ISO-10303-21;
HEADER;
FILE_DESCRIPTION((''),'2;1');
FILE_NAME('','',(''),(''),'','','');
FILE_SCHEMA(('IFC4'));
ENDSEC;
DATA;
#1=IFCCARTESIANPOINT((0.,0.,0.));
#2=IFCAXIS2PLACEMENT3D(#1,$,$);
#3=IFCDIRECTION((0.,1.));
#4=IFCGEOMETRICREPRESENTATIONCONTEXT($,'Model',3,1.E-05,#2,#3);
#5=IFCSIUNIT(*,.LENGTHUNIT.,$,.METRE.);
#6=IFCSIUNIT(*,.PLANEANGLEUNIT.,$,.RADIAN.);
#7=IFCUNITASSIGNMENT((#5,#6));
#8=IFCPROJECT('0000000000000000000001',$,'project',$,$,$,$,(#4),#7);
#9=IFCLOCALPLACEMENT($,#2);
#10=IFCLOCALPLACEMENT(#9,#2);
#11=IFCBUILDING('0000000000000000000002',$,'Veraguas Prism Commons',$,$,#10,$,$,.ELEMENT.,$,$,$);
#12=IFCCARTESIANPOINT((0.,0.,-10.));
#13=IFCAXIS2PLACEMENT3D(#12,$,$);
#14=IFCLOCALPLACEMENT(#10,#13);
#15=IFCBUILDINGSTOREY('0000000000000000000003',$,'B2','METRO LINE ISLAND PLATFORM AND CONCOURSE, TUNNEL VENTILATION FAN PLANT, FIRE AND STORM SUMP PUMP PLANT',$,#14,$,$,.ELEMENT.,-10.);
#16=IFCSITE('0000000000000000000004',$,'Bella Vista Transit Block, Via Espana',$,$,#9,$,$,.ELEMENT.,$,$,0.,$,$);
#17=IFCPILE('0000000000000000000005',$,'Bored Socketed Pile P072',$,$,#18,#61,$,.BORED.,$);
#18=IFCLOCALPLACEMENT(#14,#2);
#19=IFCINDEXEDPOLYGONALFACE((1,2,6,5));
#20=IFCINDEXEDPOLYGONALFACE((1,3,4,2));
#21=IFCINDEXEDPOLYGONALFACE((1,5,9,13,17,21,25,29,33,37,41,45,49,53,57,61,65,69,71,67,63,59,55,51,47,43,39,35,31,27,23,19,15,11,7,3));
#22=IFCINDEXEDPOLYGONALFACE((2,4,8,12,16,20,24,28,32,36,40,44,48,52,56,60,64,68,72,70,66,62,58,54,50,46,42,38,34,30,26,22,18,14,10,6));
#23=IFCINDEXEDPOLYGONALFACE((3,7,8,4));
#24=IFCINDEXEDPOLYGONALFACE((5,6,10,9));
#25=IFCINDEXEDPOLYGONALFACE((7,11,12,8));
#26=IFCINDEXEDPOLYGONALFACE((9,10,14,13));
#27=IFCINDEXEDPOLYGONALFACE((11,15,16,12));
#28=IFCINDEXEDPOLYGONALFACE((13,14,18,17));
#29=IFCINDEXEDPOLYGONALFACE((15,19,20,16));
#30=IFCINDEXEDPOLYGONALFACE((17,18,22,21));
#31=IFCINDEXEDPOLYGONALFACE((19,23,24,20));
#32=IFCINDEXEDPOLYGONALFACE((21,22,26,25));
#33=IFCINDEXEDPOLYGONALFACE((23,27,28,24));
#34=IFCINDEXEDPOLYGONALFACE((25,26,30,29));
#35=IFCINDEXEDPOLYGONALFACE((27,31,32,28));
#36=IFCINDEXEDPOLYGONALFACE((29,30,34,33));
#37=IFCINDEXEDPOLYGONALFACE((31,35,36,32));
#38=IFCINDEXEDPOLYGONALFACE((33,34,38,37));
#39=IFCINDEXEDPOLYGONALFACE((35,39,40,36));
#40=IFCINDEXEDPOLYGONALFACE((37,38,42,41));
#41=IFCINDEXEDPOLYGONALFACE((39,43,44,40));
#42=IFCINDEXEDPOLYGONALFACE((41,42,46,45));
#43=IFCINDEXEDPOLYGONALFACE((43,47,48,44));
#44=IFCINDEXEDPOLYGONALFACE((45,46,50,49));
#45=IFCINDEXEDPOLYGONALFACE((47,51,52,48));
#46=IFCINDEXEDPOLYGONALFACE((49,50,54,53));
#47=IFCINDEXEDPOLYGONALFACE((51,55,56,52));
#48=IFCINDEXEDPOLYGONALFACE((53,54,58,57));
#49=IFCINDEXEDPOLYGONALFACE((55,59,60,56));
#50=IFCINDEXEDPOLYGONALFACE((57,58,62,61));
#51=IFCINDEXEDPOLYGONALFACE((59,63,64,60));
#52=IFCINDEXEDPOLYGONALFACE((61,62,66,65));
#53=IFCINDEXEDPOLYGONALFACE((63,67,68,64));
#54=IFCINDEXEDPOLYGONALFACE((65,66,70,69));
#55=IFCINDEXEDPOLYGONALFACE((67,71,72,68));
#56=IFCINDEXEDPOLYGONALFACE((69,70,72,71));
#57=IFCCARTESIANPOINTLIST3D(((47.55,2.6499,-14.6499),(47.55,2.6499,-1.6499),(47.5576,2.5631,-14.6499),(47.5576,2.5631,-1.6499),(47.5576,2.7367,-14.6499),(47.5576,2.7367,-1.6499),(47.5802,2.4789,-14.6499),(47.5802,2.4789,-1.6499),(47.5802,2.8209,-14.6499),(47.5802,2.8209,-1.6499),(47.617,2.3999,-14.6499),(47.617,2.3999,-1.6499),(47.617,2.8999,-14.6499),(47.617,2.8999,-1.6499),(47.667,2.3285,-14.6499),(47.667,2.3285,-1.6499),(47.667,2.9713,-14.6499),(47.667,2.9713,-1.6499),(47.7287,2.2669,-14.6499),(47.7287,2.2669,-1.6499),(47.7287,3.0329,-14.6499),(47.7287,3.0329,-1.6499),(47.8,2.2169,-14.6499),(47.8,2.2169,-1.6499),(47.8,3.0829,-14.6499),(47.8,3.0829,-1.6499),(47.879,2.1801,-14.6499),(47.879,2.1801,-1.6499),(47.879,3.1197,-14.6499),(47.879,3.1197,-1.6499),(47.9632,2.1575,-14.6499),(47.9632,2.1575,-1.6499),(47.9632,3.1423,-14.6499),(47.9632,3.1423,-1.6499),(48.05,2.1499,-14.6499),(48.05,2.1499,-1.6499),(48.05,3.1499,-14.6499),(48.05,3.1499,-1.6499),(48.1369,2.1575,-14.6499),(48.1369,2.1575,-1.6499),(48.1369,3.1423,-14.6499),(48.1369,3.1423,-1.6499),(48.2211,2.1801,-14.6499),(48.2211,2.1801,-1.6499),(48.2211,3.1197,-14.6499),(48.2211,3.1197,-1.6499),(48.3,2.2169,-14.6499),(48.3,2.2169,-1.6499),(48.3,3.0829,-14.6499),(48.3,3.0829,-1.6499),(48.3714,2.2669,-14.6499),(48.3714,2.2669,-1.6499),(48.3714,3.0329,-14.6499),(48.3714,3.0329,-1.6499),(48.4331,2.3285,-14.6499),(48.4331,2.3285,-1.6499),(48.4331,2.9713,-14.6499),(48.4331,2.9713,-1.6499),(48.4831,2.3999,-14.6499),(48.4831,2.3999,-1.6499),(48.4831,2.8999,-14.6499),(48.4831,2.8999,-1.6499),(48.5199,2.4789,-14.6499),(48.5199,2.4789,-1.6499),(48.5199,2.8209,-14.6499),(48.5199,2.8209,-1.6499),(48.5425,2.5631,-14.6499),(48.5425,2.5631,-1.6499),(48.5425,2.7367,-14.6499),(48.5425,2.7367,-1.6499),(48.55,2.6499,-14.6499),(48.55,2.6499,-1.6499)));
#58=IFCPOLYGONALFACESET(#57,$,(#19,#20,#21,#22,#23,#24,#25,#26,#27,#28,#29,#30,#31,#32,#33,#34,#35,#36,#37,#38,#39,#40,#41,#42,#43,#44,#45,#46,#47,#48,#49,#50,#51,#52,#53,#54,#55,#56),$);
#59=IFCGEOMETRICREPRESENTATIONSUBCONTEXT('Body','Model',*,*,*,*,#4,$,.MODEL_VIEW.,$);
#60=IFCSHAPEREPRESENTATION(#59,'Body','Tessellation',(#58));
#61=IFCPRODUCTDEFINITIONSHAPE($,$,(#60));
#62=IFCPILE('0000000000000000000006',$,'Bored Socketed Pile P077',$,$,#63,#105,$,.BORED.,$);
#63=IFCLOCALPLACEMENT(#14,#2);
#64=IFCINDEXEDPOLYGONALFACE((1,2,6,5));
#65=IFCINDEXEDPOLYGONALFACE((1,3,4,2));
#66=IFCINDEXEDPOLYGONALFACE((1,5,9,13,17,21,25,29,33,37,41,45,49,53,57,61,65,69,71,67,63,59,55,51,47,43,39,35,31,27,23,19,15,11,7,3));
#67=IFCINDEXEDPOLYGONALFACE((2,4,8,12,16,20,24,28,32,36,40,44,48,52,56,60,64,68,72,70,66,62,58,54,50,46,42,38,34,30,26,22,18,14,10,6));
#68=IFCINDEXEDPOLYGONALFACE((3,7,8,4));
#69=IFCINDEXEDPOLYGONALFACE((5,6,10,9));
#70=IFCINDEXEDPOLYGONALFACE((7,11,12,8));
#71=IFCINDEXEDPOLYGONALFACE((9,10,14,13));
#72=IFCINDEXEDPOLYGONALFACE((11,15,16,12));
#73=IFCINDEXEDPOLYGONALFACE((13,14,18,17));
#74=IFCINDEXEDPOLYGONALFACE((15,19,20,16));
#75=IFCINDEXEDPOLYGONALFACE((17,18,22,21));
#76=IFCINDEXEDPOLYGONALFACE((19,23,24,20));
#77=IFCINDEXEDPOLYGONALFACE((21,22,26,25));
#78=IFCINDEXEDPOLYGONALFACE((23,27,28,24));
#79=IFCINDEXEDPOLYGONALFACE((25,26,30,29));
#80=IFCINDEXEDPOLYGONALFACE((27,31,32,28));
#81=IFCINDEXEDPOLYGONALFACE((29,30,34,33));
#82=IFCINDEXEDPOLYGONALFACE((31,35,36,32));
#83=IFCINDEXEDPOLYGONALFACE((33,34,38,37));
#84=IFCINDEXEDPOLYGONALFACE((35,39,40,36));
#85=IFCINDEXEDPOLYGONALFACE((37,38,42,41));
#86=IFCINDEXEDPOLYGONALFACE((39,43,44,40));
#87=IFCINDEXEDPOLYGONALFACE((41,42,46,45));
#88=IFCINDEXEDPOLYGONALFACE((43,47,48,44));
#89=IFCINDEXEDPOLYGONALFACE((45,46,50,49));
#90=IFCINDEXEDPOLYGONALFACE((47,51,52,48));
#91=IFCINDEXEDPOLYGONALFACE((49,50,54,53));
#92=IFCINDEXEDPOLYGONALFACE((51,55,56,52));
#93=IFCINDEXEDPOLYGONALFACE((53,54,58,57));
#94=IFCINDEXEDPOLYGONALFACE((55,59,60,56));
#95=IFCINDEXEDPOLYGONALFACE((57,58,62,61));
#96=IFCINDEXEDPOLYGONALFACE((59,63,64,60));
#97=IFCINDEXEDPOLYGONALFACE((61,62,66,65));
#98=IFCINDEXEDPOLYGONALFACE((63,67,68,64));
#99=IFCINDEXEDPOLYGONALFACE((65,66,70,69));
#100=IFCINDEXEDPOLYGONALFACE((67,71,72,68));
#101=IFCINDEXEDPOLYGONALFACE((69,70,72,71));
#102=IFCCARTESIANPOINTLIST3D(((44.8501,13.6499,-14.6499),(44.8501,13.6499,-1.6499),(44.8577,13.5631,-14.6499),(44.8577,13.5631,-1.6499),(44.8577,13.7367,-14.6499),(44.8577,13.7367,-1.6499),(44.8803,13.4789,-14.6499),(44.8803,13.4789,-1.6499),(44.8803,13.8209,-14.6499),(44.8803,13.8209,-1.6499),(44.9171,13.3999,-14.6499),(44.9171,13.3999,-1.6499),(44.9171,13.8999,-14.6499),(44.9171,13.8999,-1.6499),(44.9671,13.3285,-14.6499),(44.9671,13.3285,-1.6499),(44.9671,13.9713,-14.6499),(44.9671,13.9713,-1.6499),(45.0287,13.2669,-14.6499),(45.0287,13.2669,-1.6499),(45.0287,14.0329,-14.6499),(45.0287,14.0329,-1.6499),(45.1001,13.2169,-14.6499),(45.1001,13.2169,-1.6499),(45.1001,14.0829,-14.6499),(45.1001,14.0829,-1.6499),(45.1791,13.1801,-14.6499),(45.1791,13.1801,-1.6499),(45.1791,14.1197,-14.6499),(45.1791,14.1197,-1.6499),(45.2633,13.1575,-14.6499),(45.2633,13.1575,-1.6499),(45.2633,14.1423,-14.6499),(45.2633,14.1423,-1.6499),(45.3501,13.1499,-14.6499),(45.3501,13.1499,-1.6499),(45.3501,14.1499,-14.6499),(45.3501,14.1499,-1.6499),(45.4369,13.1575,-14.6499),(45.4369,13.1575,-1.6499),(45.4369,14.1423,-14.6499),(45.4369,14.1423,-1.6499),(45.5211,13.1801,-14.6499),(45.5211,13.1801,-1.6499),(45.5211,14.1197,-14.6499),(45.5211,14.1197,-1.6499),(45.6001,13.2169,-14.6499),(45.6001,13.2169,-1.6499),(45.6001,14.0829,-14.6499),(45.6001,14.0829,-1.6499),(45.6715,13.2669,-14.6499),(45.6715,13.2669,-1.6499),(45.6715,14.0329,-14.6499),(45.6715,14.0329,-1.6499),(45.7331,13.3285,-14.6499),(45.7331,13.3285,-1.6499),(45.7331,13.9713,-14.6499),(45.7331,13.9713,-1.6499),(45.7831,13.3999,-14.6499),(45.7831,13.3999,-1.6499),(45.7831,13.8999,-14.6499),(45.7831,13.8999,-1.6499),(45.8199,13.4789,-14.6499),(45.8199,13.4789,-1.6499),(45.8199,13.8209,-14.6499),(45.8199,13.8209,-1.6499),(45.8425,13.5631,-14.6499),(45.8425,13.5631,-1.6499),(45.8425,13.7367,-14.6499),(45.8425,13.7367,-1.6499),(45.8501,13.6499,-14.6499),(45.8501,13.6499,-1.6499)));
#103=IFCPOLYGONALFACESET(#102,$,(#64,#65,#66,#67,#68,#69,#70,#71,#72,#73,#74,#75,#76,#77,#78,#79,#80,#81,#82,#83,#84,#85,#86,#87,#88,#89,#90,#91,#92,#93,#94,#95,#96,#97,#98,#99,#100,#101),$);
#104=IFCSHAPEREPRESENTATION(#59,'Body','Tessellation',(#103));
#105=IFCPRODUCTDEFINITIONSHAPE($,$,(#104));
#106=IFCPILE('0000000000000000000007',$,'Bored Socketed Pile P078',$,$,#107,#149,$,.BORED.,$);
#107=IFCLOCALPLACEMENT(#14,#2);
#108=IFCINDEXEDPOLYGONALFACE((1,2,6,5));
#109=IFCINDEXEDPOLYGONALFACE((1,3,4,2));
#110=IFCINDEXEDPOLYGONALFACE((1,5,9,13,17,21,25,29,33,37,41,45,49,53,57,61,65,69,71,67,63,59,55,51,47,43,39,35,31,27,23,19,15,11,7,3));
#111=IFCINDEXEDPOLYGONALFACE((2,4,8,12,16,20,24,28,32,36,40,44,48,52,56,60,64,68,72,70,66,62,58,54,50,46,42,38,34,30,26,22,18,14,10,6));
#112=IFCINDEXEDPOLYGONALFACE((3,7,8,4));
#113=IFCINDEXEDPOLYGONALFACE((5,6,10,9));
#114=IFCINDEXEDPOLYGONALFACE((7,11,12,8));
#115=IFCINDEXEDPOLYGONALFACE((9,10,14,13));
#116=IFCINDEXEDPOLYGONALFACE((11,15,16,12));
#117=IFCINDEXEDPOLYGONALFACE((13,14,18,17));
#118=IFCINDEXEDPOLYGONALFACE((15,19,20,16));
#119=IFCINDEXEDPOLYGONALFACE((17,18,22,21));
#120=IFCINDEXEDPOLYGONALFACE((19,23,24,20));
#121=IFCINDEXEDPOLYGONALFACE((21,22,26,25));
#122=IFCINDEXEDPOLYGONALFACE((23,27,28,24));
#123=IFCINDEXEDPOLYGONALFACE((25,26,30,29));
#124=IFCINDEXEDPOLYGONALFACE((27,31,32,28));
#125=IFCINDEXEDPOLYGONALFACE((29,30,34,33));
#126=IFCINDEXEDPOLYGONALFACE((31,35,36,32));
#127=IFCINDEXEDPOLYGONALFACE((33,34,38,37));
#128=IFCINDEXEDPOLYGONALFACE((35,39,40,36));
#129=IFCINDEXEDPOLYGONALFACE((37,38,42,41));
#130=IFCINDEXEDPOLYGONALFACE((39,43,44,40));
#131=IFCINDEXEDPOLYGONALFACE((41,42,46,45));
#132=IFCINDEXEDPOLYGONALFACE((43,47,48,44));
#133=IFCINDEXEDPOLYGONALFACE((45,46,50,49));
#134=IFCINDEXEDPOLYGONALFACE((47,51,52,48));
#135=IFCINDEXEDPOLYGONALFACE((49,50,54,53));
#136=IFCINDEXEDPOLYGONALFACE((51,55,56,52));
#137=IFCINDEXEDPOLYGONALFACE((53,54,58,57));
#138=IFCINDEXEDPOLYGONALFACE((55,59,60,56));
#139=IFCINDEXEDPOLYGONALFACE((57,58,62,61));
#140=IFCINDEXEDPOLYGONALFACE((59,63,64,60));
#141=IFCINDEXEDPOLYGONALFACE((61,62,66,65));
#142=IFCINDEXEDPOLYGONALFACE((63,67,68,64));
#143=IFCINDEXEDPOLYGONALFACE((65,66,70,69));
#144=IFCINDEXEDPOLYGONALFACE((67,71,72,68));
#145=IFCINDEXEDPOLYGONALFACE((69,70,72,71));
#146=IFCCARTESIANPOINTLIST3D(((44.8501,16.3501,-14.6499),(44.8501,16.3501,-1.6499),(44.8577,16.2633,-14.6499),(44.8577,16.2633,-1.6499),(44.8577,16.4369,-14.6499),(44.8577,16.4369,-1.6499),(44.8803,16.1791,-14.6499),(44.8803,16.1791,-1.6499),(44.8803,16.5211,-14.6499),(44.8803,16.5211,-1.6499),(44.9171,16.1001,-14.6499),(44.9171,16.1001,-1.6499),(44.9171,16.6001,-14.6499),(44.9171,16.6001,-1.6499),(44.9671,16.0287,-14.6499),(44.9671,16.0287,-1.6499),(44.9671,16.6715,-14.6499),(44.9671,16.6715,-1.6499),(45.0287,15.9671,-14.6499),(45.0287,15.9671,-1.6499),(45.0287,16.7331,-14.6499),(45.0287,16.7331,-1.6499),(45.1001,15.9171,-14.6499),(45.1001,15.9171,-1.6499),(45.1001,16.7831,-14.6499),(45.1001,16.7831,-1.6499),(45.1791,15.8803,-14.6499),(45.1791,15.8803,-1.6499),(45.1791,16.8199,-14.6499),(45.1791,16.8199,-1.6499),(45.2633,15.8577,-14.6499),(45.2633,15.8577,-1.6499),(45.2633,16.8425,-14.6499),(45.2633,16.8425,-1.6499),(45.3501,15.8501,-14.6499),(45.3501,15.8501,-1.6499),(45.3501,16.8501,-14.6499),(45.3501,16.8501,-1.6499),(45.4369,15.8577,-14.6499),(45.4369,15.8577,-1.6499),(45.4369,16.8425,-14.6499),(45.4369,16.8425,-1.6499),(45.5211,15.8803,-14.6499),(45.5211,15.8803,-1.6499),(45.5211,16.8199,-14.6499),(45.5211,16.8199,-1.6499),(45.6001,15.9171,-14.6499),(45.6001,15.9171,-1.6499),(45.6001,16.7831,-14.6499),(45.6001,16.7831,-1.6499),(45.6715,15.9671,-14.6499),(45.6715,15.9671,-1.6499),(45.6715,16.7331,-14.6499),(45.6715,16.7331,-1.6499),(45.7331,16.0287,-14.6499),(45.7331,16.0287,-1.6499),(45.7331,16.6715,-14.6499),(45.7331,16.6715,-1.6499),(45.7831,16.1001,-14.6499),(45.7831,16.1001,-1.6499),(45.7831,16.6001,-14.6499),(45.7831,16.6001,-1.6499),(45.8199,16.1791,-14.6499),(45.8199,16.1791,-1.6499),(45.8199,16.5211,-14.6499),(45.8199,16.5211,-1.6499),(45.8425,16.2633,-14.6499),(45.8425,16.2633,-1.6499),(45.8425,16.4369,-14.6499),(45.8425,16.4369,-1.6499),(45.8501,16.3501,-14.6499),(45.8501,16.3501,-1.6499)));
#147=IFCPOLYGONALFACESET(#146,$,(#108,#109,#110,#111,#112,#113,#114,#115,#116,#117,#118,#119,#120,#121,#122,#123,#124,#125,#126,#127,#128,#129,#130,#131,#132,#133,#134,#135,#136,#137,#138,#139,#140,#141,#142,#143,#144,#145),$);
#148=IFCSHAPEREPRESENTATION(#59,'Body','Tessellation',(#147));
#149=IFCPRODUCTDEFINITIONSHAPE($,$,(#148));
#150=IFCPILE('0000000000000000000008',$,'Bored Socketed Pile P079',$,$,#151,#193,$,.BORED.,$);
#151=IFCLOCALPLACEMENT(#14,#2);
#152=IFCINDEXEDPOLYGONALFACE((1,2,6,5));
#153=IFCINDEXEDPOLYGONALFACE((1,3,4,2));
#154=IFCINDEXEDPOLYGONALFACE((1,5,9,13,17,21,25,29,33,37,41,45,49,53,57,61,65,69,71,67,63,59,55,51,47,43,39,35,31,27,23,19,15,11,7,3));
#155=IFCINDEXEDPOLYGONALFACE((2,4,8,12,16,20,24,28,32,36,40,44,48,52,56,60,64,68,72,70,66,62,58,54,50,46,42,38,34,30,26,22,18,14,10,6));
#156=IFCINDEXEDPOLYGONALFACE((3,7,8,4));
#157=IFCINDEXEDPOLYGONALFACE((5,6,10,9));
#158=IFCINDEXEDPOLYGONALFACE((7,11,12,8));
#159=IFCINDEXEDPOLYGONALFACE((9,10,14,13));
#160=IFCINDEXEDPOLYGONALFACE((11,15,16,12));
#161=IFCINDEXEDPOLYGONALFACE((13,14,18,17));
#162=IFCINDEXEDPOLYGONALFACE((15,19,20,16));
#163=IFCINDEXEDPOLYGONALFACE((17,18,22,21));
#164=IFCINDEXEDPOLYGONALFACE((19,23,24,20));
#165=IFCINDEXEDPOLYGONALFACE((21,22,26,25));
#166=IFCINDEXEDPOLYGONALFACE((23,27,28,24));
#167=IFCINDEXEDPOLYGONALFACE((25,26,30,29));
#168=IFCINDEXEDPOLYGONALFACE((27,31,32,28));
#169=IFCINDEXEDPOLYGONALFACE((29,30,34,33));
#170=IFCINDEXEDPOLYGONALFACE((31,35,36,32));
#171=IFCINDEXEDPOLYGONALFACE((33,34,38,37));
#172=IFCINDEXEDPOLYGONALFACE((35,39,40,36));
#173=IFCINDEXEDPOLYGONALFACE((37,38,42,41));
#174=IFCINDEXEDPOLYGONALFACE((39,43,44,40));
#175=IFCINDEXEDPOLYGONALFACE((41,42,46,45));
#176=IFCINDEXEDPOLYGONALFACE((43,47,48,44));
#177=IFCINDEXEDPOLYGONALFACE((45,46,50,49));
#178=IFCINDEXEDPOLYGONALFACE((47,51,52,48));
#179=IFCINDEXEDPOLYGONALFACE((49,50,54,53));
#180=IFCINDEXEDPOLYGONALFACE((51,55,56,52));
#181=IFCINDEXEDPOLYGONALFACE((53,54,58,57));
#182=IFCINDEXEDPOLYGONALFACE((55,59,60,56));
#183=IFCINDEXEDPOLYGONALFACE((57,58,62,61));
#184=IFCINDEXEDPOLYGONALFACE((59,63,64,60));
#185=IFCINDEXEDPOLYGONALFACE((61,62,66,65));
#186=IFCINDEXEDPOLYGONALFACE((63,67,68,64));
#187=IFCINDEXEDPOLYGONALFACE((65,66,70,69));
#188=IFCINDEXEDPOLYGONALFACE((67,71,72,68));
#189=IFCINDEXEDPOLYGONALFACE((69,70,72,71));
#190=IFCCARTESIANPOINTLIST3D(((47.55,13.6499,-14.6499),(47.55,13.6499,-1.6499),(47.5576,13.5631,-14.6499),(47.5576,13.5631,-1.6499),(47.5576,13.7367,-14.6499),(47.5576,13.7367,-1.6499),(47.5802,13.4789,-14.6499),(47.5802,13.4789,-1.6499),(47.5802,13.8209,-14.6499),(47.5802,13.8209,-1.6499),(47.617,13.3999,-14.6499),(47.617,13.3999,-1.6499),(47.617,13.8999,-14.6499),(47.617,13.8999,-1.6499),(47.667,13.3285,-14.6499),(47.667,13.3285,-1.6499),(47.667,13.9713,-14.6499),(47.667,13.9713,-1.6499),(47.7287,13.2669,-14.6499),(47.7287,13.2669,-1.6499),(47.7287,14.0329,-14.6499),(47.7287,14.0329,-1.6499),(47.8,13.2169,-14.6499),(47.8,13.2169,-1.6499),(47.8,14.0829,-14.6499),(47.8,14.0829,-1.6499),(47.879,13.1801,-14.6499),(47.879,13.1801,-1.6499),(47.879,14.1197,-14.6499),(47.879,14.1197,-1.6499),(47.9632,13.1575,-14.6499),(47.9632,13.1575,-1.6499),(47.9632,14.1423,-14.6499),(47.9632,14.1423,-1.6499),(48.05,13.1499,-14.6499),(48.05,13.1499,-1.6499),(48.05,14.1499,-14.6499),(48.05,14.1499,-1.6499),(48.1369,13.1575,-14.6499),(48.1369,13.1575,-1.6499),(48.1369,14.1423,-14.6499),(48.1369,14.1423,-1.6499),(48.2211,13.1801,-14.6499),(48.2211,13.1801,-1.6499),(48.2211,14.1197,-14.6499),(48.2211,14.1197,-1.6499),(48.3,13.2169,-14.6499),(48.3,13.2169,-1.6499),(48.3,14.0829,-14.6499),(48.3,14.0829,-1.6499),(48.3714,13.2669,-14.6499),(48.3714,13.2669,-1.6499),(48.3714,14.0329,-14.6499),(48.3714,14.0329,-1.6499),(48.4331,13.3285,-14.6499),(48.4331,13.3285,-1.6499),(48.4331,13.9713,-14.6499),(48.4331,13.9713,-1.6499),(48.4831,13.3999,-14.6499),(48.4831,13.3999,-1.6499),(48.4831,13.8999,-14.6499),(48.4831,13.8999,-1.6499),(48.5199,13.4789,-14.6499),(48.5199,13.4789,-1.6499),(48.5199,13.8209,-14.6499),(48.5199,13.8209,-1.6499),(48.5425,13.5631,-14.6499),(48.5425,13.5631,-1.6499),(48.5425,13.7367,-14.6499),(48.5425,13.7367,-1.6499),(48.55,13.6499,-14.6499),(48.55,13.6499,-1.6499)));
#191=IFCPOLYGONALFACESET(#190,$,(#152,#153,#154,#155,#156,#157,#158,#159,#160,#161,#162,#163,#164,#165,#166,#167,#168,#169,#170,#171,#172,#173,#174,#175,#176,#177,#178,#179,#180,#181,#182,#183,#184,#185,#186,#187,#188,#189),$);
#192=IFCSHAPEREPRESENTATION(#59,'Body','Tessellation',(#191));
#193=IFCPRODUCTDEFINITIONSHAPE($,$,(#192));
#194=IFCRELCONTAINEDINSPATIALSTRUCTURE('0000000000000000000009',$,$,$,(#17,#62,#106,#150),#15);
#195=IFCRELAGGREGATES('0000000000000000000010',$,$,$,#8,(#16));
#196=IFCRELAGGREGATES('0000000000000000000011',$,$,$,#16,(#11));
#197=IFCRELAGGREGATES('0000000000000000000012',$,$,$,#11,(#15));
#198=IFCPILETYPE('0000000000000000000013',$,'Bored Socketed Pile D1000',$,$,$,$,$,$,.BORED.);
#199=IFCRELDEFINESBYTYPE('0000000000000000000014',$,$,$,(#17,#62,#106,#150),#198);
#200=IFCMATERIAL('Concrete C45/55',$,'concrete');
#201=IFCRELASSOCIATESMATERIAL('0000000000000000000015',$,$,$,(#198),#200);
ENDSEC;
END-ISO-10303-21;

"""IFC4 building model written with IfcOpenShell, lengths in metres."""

from ifc_helpers import new_model, si_unit, direction, frame, origin, origin_2d, place, context, subcontext, project, spatial, circle, extrude, source, transform, mapped, material, material_profile, profile_set, type_object, element, save


model = new_model("IFC4")

# Units and contexts
model_context = context("Model", 3, precision=1e-05, world=origin(), true_north=direction((0.0, 1.0)))
body_context = subcontext(model_context, "Body", "Model", "MODEL_VIEW")
ifc_project = project(units=[si_unit("LENGTHUNIT", "METRE"), si_unit("PLANEANGLEUNIT", "RADIAN")], contexts=[model_context])

# Site, building, storey
site_placement = place(None, origin())
site = spatial("IfcSite", under=ifc_project, at=site_placement, Name="Bella Vista Transit Block, Via Espana", CompositionType="ELEMENT", RefElevation=0.0)
building_placement = place(site_placement, origin())
building = spatial("IfcBuilding", under=site, at=building_placement, Name="Veraguas Prism Commons", CompositionType="ELEMENT")
storey_placement = place(building_placement, frame((0.0, 0.0, -10.0)))
storey = spatial("IfcBuildingStorey", under=building, at=storey_placement, Name="B2", Description="METRO LINE ISLAND PLATFORM AND CONCOURSE, TUNNEL VENTILATION FAN PLANT, FIRE AND STORM SUMP PUMP PLANT", CompositionType="ELEMENT", Elevation=-10.0)

# Shared definitions
ifc_material_1 = material(Name="Concrete C45/55", Category="concrete")

# Piles
ifc_material_profile_1 = material_profile(ifc_material_1, circle(Radius=0.5, at=origin_2d()), Name="PILE1000")
ifc_profile_set_1 = profile_set([ifc_material_profile_1], Name="Concrete C45/55")
pile_type_1 = type_object("IfcPileType", Name="Bored Socketed Pile D1000", PredefinedType="BORED", material=ifc_profile_set_1)
shared_shape_1 = source(origin(), body_context, "Body", "SweptSolid", [
    extrude(circle(Radius=0.5, at=origin_2d()), origin(), (0.0, 0.0, 1.0), 13.0),
])
for number, where, z_axis, x_axis, name in (
    (1, (48.05, 2.6499, -1.6499), (0.0, 0.0, -1.0), (1.0, 0.0, 0.0), "Bored Socketed Pile P072"),
    (2, (45.3501, 13.6499, -1.6499), (0.0, 0.0, -1.0), (1.0, 0.0, 0.0), "Bored Socketed Pile P077"),
    (3, (45.3501, 16.3501, -1.6499), (0.0, 0.0, -1.0), (1.0, 0.0, 0.0), "Bored Socketed Pile P078"),
    (4, (48.05, 13.6499, -1.6499), (0.0, 0.0, -1.0), (1.0, 0.0, 0.0), "Bored Socketed Pile P079"),
):
    element("IfcPile", number, at=place(storey_placement, frame(where, z_axis=z_axis, x_axis=x_axis)), inside=storey, type_object=pile_type_1, Name=name, PredefinedType="BORED", context=body_context, shape_type="MappedRepresentation", body=[
        mapped(shared_shape_1, transform((0.0, 0.0, 0.0), scale=1.0)),
    ])

save(model, "model.ifc")
